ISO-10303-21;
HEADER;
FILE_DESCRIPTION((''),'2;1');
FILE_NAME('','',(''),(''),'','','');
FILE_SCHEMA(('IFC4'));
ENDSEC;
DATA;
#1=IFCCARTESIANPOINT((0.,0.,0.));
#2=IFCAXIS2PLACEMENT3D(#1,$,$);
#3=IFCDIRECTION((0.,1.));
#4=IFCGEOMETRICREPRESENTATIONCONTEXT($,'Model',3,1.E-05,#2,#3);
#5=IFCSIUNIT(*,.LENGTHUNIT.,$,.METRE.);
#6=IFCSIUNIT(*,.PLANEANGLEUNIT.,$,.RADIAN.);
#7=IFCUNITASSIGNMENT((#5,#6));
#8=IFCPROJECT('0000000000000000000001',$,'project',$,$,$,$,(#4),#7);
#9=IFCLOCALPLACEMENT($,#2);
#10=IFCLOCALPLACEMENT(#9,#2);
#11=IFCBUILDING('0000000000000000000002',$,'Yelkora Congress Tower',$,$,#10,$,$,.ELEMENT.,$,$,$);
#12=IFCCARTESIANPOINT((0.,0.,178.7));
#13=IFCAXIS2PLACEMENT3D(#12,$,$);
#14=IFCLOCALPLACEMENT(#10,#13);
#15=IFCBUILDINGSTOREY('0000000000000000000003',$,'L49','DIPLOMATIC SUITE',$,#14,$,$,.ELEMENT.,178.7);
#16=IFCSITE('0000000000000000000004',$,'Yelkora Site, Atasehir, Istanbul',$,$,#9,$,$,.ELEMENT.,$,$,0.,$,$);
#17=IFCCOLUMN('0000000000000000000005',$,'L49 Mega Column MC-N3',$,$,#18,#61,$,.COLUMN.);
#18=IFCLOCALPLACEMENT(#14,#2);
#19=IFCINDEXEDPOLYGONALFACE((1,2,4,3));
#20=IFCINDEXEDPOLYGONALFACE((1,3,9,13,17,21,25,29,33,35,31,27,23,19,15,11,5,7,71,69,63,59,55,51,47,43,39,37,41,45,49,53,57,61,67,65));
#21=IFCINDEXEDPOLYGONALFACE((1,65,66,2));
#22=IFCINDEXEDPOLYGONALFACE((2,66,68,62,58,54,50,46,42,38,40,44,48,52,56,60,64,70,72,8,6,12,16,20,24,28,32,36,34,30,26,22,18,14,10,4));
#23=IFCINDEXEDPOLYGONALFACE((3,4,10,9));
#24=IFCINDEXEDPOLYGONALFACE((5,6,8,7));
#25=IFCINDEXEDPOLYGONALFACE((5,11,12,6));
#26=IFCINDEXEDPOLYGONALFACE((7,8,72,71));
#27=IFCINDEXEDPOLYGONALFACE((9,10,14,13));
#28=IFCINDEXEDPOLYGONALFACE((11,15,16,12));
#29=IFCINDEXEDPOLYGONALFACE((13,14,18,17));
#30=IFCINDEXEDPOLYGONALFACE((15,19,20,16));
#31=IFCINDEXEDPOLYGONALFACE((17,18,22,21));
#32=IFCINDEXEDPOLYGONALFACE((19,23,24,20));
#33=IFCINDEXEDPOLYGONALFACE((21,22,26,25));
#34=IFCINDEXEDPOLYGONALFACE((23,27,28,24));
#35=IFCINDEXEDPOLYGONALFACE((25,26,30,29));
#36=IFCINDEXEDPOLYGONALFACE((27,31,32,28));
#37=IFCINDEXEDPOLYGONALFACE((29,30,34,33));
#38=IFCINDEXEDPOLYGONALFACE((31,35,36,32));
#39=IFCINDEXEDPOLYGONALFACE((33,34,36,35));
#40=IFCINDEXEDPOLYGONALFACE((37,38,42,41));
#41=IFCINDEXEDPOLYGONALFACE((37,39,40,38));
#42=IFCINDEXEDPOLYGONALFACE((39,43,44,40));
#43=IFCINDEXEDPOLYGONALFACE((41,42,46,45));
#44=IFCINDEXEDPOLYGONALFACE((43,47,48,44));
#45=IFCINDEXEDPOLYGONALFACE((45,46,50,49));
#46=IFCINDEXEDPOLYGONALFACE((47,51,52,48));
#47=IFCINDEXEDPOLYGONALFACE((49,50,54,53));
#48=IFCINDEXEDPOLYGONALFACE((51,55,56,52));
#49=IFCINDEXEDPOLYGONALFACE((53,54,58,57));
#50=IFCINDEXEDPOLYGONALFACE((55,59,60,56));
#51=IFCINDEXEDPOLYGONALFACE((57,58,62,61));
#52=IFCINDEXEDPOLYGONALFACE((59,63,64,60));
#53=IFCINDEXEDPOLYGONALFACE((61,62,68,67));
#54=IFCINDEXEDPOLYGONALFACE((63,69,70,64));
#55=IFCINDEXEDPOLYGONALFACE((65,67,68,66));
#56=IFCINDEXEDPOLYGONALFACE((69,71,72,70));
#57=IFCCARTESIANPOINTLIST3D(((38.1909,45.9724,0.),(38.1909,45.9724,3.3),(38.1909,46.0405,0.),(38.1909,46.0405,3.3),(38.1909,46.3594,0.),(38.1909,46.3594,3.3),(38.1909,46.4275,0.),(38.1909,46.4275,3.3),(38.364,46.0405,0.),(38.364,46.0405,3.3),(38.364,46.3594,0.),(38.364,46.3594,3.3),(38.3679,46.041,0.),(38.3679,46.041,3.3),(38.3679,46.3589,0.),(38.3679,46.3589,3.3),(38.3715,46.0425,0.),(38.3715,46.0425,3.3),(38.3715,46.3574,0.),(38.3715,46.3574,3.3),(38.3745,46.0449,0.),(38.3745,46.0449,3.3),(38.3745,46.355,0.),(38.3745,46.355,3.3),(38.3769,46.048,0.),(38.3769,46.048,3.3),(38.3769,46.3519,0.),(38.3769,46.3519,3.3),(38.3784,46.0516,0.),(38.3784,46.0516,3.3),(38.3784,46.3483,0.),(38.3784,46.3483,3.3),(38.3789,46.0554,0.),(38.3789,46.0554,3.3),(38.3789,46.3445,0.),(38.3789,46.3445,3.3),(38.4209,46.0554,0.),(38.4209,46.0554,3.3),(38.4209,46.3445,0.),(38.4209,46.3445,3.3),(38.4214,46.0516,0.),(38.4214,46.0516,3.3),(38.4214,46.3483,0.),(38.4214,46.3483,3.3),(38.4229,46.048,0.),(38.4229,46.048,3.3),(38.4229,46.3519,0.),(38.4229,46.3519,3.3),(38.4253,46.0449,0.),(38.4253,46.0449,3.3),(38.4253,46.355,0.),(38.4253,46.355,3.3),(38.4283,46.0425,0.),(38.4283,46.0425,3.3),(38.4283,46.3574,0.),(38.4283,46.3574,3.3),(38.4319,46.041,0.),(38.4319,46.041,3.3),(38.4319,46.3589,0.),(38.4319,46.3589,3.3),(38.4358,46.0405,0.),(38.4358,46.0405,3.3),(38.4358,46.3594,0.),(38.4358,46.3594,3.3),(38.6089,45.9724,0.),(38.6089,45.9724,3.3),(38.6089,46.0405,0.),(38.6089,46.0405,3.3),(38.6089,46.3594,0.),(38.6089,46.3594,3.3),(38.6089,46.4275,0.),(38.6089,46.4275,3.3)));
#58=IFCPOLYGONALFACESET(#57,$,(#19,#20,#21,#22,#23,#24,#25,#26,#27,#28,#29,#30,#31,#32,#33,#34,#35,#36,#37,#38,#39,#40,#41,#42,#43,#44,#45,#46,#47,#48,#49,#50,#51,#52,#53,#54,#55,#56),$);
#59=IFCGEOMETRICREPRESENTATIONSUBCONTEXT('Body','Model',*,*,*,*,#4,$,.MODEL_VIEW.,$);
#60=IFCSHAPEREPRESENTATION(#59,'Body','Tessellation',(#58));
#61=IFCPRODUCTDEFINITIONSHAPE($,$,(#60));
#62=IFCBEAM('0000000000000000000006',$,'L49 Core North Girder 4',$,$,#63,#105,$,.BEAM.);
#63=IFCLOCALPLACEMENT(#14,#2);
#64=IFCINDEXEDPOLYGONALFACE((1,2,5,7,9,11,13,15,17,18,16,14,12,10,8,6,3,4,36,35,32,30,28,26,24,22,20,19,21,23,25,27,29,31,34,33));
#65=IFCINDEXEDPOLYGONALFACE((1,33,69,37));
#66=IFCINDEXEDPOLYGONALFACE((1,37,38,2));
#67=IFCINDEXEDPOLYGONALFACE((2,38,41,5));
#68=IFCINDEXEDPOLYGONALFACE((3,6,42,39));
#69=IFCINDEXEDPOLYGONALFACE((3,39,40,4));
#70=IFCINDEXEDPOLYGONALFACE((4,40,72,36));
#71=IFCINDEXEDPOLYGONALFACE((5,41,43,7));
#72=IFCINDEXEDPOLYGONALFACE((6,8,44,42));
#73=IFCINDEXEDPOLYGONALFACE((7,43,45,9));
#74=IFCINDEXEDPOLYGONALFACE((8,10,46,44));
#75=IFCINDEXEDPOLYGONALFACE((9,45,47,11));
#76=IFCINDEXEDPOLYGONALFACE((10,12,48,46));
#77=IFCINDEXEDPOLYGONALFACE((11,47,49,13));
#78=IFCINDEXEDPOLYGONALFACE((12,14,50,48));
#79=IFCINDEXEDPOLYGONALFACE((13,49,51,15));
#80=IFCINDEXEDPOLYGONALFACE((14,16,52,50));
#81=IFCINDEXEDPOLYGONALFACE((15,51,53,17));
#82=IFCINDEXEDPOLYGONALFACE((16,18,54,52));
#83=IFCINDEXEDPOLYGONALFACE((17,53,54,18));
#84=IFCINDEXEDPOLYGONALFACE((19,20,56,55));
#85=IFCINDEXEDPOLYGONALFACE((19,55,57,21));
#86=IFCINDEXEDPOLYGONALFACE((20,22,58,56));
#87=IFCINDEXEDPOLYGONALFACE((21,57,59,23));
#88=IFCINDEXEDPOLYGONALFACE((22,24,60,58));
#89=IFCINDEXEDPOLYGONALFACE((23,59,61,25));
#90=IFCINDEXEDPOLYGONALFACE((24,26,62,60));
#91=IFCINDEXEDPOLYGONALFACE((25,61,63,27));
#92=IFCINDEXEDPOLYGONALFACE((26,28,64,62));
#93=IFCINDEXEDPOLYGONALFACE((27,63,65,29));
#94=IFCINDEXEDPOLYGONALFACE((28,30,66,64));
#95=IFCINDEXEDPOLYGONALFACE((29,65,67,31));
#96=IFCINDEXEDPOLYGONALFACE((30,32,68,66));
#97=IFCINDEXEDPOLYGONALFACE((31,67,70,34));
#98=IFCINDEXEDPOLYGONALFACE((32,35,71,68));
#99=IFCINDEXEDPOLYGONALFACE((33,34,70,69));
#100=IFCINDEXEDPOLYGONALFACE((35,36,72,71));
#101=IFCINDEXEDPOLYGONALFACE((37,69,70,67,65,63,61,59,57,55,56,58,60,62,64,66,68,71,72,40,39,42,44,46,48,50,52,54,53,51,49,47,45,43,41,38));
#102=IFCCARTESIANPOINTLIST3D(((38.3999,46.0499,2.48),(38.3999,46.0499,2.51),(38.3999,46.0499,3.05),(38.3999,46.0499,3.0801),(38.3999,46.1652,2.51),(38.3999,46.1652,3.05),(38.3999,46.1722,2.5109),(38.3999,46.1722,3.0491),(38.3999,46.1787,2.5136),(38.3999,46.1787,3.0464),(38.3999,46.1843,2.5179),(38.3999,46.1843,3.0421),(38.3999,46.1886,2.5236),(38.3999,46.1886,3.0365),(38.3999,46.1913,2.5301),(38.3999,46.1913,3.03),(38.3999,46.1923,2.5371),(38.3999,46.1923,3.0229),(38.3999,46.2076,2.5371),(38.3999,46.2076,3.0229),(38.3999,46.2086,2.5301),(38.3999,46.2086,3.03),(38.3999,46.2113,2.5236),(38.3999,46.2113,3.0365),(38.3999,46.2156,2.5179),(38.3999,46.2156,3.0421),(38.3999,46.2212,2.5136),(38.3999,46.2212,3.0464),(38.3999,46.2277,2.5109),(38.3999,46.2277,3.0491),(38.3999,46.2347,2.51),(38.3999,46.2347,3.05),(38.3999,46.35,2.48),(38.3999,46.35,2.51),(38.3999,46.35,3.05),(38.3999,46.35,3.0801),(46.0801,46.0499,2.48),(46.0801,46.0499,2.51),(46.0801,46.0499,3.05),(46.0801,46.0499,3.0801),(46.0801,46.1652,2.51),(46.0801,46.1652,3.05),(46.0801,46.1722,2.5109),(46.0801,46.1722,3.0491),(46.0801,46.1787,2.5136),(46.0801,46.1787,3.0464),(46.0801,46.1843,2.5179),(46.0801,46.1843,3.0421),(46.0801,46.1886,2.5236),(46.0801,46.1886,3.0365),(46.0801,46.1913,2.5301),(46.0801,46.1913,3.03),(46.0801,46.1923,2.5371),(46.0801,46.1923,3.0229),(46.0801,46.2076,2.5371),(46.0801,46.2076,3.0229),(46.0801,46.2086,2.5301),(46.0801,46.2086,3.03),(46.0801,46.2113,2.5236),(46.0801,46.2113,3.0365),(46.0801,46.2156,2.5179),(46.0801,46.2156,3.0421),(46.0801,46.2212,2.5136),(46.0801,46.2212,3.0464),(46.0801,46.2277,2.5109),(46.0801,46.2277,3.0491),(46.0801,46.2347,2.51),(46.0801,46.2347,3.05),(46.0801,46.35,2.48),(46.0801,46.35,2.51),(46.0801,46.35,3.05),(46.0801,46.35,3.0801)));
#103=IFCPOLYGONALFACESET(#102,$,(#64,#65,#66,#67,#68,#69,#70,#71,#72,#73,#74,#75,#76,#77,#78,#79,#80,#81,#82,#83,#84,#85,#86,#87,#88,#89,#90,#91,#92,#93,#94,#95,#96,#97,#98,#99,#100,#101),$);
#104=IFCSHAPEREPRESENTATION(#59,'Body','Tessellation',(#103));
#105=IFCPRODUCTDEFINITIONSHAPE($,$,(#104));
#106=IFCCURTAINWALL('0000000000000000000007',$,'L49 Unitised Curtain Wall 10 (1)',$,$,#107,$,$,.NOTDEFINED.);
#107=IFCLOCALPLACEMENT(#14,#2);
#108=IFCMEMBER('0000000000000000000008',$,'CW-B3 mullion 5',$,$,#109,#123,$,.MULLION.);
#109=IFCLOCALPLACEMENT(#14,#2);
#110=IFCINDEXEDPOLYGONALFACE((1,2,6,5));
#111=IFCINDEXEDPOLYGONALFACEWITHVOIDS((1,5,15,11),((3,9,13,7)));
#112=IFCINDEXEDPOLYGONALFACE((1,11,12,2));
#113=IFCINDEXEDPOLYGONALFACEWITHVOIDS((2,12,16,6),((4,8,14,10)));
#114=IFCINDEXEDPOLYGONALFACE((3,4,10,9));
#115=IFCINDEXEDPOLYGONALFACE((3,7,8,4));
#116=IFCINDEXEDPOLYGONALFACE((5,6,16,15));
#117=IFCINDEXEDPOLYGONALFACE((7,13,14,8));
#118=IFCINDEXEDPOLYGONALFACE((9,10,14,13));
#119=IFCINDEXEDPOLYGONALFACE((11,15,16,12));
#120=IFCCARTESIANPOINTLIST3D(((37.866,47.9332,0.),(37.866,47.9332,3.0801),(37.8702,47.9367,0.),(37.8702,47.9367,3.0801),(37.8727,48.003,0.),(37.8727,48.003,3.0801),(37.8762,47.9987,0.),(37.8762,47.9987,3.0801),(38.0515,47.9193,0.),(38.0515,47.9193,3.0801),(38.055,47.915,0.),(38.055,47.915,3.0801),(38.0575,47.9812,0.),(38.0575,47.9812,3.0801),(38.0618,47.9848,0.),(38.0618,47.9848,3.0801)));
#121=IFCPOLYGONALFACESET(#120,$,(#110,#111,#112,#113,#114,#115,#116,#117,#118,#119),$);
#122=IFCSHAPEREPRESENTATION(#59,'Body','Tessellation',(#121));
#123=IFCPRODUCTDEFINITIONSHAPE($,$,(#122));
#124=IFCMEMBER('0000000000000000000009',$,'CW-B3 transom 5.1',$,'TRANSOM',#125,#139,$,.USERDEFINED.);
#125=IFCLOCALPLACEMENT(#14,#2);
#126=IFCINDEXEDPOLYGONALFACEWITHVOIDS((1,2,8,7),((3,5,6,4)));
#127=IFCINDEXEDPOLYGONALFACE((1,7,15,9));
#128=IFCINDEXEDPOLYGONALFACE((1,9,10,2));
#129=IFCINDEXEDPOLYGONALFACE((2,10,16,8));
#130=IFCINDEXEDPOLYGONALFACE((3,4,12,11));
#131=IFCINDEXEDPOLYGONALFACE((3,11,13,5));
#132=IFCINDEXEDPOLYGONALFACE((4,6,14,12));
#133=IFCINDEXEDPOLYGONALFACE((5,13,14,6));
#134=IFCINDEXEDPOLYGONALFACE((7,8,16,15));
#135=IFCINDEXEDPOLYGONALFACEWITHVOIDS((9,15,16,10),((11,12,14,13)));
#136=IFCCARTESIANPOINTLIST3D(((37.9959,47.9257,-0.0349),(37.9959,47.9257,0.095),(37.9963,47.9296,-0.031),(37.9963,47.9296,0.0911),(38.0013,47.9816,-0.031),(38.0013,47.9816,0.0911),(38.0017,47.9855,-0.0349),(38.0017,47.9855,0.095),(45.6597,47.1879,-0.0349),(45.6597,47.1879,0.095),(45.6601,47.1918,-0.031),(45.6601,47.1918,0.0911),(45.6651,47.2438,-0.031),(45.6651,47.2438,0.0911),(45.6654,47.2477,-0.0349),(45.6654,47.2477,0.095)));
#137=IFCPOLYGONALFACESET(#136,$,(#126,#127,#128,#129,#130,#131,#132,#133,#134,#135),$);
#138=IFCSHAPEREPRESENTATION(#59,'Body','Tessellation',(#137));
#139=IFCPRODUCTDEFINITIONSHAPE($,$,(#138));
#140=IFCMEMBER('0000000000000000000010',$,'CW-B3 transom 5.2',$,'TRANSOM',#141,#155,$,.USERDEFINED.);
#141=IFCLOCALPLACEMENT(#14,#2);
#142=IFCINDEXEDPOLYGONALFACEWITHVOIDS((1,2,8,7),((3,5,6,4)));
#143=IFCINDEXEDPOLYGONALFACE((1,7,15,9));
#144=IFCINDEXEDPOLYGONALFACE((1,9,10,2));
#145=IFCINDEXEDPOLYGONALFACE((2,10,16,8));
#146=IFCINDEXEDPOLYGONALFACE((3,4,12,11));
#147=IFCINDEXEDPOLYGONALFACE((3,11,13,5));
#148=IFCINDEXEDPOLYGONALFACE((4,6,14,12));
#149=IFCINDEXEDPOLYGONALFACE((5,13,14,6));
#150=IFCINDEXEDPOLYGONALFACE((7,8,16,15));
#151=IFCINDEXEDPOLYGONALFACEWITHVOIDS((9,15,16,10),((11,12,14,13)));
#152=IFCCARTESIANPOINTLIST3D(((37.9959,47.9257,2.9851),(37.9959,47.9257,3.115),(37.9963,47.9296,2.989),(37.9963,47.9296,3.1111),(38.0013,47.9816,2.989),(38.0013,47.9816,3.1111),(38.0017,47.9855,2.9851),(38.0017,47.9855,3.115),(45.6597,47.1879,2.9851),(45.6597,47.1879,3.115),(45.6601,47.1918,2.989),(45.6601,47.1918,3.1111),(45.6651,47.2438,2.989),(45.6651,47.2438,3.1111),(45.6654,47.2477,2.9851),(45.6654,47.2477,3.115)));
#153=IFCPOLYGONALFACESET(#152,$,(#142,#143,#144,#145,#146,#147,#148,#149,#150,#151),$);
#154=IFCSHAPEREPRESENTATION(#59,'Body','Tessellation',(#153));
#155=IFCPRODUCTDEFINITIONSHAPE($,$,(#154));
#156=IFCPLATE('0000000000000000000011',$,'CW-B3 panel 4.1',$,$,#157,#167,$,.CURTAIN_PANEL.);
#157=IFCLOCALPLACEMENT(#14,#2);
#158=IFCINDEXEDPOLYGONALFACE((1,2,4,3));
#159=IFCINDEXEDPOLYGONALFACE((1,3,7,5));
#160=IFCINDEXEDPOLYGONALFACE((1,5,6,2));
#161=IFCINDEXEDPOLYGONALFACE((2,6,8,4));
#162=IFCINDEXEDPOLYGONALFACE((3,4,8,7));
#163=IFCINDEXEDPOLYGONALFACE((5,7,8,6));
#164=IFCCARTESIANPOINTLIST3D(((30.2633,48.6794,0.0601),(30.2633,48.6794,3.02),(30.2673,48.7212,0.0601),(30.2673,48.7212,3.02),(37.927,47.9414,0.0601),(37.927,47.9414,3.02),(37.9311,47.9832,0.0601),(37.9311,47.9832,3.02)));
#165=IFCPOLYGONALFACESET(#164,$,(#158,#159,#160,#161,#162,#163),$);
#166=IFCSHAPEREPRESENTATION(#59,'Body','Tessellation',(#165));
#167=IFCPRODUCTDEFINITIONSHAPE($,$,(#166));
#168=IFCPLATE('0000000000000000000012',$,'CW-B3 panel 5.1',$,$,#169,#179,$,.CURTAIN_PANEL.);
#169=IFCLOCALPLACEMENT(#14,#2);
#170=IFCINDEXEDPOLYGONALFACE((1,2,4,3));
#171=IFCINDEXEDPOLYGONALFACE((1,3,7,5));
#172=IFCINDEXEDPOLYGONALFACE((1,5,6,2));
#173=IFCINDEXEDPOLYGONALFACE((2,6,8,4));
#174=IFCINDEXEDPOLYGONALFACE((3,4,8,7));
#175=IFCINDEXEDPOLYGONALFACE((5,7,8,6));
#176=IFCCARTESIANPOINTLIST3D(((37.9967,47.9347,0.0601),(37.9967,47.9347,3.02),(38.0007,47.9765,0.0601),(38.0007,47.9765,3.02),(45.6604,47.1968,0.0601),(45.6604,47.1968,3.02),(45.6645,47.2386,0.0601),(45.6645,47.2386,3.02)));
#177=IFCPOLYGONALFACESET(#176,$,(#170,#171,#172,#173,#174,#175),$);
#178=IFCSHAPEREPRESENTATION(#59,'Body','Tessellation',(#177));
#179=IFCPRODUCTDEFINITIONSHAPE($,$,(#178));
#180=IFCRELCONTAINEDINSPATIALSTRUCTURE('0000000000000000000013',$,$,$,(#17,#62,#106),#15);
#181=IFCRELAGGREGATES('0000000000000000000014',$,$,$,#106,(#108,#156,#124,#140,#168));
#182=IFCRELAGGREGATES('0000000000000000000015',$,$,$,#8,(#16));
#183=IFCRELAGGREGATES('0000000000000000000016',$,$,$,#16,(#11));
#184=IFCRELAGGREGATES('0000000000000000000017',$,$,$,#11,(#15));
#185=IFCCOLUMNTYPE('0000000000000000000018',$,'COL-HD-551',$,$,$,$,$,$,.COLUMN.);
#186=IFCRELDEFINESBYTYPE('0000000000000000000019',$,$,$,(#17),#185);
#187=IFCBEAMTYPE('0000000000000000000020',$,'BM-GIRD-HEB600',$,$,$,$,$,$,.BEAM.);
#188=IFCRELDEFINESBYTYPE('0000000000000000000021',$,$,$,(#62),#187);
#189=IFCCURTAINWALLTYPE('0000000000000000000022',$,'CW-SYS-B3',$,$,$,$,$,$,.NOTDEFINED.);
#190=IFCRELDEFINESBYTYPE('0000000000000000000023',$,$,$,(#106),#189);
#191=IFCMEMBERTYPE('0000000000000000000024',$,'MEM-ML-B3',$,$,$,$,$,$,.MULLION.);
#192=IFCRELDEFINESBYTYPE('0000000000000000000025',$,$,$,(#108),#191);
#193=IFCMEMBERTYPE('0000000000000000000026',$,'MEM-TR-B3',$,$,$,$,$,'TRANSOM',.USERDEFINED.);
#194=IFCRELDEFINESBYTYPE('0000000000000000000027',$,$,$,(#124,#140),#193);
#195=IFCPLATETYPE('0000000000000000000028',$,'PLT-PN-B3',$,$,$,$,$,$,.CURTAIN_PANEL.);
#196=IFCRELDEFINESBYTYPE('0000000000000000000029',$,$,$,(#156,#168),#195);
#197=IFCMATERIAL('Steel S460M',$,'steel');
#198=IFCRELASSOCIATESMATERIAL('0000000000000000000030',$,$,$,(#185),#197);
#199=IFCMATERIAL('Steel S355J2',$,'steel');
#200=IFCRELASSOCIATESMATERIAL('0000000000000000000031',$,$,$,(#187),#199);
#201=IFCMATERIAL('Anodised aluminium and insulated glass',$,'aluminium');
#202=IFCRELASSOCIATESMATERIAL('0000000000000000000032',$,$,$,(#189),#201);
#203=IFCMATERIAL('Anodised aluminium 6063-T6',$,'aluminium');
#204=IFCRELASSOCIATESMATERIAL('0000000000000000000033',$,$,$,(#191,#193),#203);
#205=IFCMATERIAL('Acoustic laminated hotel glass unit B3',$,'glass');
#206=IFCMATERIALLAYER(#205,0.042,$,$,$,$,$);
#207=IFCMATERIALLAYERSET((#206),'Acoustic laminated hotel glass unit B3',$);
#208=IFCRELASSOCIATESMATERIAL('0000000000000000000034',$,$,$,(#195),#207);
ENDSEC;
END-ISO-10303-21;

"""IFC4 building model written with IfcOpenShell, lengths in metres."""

from ifc_helpers import new_model, si_unit, direction, frame, origin, origin_2d, place, context, subcontext, project, spatial, rectangle, hollow_rectangle, i_section, extrude, material, layer, layer_set, material_profile, profile_set, type_object, element, aggregate, save


model = new_model("IFC4")

# Units and contexts
model_context = context("Model", 3, precision=1e-05, world=origin(), true_north=direction((0.0, 1.0)))
body_context = subcontext(model_context, "Body", "Model", "MODEL_VIEW")
ifc_project = project(units=[si_unit("LENGTHUNIT", "METRE"), si_unit("PLANEANGLEUNIT", "RADIAN")], contexts=[model_context])

# Site, building, storey
site_placement = place(None, origin())
site = spatial("IfcSite", under=ifc_project, at=site_placement, Name="Yelkora Site, Atasehir, Istanbul", CompositionType="ELEMENT", RefElevation=0.0)
building_placement = place(site_placement, origin())
building = spatial("IfcBuilding", under=site, at=building_placement, Name="Yelkora Congress Tower", CompositionType="ELEMENT")
storey_placement = place(building_placement, frame((0.0, 0.0, 178.7)))
storey = spatial("IfcBuildingStorey", under=building, at=storey_placement, Name="L49", Description="DIPLOMATIC SUITE", CompositionType="ELEMENT", Elevation=178.7)

# Column
ifc_material_1 = material(Name="Steel S460M", Category="steel")
ifc_material_profile_1 = material_profile(ifc_material_1, i_section(OverallWidth=0.418, OverallDepth=0.4551, WebThickness=0.042, FlangeThickness=0.0681, FilletRadius=0.0149, at=origin_2d()), Name="HD 400x551")
ifc_profile_set_1 = profile_set([ifc_material_profile_1], Name="Steel S460M")
column_type = type_object("IfcColumnType", Name="COL-HD-551", PredefinedType="COLUMN", material=ifc_profile_set_1)
column_placement = place(storey_placement, frame((38.3999, 46.2, 0.0), z_axis=(0.0, 0.0, 1.0), x_axis=(1.0, 0.0, 0.0)))
element("IfcColumn", 1, at=column_placement, inside=storey, type_object=column_type, Name="L49 Mega Column MC-N3", PredefinedType="COLUMN", context=body_context, shape_type="SweptSolid", body=[
    extrude(i_section(OverallWidth=0.418, OverallDepth=0.4551, WebThickness=0.042, FlangeThickness=0.0681, FilletRadius=0.0149, at=origin_2d()), origin(), (0.0, 0.0, 1.0), 3.3),
])

# Beam
ifc_material_2 = material(Name="Steel S355J2", Category="steel")
ifc_material_profile_2 = material_profile(ifc_material_2, i_section(OverallWidth=0.3, OverallDepth=0.6001, WebThickness=0.0154, FlangeThickness=0.03, FilletRadius=0.0271, at=origin_2d()), Name="HEB 600")
ifc_profile_set_2 = profile_set([ifc_material_profile_2], Name="Steel S355J2")
beam_type = type_object("IfcBeamType", Name="BM-GIRD-HEB600", PredefinedType="BEAM", material=ifc_profile_set_2)
beam_placement = place(storey_placement, frame((38.3999, 46.2, 2.78), z_axis=(1.0, 0.0, 0.0), x_axis=(0.0, 1.0, 0.0)))
element("IfcBeam", 2, at=beam_placement, inside=storey, type_object=beam_type, Name="L49 Core North Girder 4", PredefinedType="BEAM", context=body_context, shape_type="SweptSolid", body=[
    extrude(i_section(OverallWidth=0.3, OverallDepth=0.6001, WebThickness=0.0154, FlangeThickness=0.03, FilletRadius=0.0271, at=origin_2d()), origin(), (0.0, 0.0, 1.0), 7.6802),
])

# Curtain wall, members, plates
ifc_material_3 = material(Name="Anodised aluminium and insulated glass", Category="aluminium")
curtain_wall_type = type_object("IfcCurtainWallType", Name="CW-SYS-B3", PredefinedType="NOTDEFINED", material=ifc_material_3)
curtain_wall_placement = place(storey_placement, origin())
curtain_wall = element("IfcCurtainWall", 3, at=curtain_wall_placement, inside=storey, type_object=curtain_wall_type, Name="L49 Unitised Curtain Wall 10 (1)", PredefinedType="NOTDEFINED")
ifc_material_4 = material(Name="Anodised aluminium 6063-T6", Category="aluminium")
ifc_material_profile_3 = material_profile(ifc_material_4, hollow_rectangle(XDim=0.0701, YDim=0.1899, WallThickness=0.0039, at=origin_2d()), Name="ALU 70x190x4")
ifc_profile_set_3 = profile_set([ifc_material_profile_3], Name="Anodised aluminium 6063-T6")
member_type_1 = type_object("IfcMemberType", Name="MEM-ML-B3", PredefinedType="MULLION", material=ifc_profile_set_3)
member_1_placement = place(storey_placement, frame((37.9639, 47.959, 0.0), z_axis=(0.0, 0.0, 1.0), x_axis=(0.095845, 0.995396, 0.0)))
member_1 = element("IfcMember", 4, at=member_1_placement, type_object=member_type_1, Name="CW-B3 mullion 5", PredefinedType="MULLION", context=body_context, shape_type="SweptSolid", body=[
    extrude(hollow_rectangle(XDim=0.0701, YDim=0.1899, WallThickness=0.0039, at=origin_2d()), origin(), (0.0, 0.0, 1.0), 3.0801),
])
ifc_material_profile_4 = material_profile(ifc_material_4, hollow_rectangle(XDim=0.0601, YDim=0.1299, WallThickness=0.0039, at=origin_2d()), Name="ALU 60x130x4")
ifc_profile_set_4 = profile_set([ifc_material_profile_4], Name="Anodised aluminium 6063-T6")
member_type_2 = type_object("IfcMemberType", Name="MEM-TR-B3", ElementType="TRANSOM", PredefinedType="USERDEFINED", material=ifc_profile_set_4)
member_2_placement = place(storey_placement, frame((37.9988, 47.9556, 0.03), z_axis=(0.995398, -0.095827, 0.0), x_axis=(0.095827, 0.995398, 0.0)))
member_2 = element("IfcMember", 5, at=member_2_placement, type_object=member_type_2, Name="CW-B3 transom 5.1", ObjectType="TRANSOM", PredefinedType="USERDEFINED", context=body_context, shape_type="SweptSolid", body=[
    extrude(hollow_rectangle(XDim=0.0601, YDim=0.1299, WallThickness=0.0039, at=origin_2d()), origin(), (0.0, 0.0, 1.0), 7.6992),
])
member_3_placement = place(storey_placement, frame((37.9988, 47.9556, 3.05), z_axis=(0.995398, -0.095827, 0.0), x_axis=(0.095827, 0.995398, 0.0)))
member_3 = element("IfcMember", 6, at=member_3_placement, type_object=member_type_2, Name="CW-B3 transom 5.2", ObjectType="TRANSOM", PredefinedType="USERDEFINED", context=body_context, shape_type="SweptSolid", body=[
    extrude(hollow_rectangle(XDim=0.0601, YDim=0.1299, WallThickness=0.0039, at=origin_2d()), origin(), (0.0, 0.0, 1.0), 7.6992),
])
ifc_material_5 = material(Name="Acoustic laminated hotel glass unit B3", Category="glass")
ifc_layer_1 = layer(ifc_material_5, 0.042)
ifc_layer_set_1 = layer_set([ifc_layer_1], Name="Acoustic laminated hotel glass unit B3")
plate_type = type_object("IfcPlateType", Name="PLT-PN-B3", PredefinedType="CURTAIN_PANEL", material=ifc_layer_set_1)
plate_1_placement = place(storey_placement, frame((34.0972, 48.3313, 0.0601), z_axis=(0.0, 0.0, 1.0), x_axis=(0.995396, -0.095845, 0.0)))
plate_1 = element("IfcPlate", 7, at=plate_1_placement, type_object=plate_type, Name="CW-B3 panel 4.1", PredefinedType="CURTAIN_PANEL", context=body_context, shape_type="SweptSolid", body=[
    extrude(rectangle(XDim=7.6992, YDim=0.042, at=origin_2d()), origin(), (0.0, 0.0, 1.0), 2.96),
])
plate_2_placement = place(storey_placement, frame((41.8306, 47.5867, 0.0601), z_axis=(0.0, 0.0, 1.0), x_axis=(0.995396, -0.095845, 0.0)))
plate_2 = element("IfcPlate", 8, at=plate_2_placement, type_object=plate_type, Name="CW-B3 panel 5.1", PredefinedType="CURTAIN_PANEL", context=body_context, shape_type="SweptSolid", body=[
    extrude(rectangle(XDim=7.6992, YDim=0.042, at=origin_2d()), origin(), (0.0, 0.0, 1.0), 2.96),
])
aggregate(curtain_wall, [member_1, plate_1, member_2, member_3, plate_2])

save(model, "model.ifc")
